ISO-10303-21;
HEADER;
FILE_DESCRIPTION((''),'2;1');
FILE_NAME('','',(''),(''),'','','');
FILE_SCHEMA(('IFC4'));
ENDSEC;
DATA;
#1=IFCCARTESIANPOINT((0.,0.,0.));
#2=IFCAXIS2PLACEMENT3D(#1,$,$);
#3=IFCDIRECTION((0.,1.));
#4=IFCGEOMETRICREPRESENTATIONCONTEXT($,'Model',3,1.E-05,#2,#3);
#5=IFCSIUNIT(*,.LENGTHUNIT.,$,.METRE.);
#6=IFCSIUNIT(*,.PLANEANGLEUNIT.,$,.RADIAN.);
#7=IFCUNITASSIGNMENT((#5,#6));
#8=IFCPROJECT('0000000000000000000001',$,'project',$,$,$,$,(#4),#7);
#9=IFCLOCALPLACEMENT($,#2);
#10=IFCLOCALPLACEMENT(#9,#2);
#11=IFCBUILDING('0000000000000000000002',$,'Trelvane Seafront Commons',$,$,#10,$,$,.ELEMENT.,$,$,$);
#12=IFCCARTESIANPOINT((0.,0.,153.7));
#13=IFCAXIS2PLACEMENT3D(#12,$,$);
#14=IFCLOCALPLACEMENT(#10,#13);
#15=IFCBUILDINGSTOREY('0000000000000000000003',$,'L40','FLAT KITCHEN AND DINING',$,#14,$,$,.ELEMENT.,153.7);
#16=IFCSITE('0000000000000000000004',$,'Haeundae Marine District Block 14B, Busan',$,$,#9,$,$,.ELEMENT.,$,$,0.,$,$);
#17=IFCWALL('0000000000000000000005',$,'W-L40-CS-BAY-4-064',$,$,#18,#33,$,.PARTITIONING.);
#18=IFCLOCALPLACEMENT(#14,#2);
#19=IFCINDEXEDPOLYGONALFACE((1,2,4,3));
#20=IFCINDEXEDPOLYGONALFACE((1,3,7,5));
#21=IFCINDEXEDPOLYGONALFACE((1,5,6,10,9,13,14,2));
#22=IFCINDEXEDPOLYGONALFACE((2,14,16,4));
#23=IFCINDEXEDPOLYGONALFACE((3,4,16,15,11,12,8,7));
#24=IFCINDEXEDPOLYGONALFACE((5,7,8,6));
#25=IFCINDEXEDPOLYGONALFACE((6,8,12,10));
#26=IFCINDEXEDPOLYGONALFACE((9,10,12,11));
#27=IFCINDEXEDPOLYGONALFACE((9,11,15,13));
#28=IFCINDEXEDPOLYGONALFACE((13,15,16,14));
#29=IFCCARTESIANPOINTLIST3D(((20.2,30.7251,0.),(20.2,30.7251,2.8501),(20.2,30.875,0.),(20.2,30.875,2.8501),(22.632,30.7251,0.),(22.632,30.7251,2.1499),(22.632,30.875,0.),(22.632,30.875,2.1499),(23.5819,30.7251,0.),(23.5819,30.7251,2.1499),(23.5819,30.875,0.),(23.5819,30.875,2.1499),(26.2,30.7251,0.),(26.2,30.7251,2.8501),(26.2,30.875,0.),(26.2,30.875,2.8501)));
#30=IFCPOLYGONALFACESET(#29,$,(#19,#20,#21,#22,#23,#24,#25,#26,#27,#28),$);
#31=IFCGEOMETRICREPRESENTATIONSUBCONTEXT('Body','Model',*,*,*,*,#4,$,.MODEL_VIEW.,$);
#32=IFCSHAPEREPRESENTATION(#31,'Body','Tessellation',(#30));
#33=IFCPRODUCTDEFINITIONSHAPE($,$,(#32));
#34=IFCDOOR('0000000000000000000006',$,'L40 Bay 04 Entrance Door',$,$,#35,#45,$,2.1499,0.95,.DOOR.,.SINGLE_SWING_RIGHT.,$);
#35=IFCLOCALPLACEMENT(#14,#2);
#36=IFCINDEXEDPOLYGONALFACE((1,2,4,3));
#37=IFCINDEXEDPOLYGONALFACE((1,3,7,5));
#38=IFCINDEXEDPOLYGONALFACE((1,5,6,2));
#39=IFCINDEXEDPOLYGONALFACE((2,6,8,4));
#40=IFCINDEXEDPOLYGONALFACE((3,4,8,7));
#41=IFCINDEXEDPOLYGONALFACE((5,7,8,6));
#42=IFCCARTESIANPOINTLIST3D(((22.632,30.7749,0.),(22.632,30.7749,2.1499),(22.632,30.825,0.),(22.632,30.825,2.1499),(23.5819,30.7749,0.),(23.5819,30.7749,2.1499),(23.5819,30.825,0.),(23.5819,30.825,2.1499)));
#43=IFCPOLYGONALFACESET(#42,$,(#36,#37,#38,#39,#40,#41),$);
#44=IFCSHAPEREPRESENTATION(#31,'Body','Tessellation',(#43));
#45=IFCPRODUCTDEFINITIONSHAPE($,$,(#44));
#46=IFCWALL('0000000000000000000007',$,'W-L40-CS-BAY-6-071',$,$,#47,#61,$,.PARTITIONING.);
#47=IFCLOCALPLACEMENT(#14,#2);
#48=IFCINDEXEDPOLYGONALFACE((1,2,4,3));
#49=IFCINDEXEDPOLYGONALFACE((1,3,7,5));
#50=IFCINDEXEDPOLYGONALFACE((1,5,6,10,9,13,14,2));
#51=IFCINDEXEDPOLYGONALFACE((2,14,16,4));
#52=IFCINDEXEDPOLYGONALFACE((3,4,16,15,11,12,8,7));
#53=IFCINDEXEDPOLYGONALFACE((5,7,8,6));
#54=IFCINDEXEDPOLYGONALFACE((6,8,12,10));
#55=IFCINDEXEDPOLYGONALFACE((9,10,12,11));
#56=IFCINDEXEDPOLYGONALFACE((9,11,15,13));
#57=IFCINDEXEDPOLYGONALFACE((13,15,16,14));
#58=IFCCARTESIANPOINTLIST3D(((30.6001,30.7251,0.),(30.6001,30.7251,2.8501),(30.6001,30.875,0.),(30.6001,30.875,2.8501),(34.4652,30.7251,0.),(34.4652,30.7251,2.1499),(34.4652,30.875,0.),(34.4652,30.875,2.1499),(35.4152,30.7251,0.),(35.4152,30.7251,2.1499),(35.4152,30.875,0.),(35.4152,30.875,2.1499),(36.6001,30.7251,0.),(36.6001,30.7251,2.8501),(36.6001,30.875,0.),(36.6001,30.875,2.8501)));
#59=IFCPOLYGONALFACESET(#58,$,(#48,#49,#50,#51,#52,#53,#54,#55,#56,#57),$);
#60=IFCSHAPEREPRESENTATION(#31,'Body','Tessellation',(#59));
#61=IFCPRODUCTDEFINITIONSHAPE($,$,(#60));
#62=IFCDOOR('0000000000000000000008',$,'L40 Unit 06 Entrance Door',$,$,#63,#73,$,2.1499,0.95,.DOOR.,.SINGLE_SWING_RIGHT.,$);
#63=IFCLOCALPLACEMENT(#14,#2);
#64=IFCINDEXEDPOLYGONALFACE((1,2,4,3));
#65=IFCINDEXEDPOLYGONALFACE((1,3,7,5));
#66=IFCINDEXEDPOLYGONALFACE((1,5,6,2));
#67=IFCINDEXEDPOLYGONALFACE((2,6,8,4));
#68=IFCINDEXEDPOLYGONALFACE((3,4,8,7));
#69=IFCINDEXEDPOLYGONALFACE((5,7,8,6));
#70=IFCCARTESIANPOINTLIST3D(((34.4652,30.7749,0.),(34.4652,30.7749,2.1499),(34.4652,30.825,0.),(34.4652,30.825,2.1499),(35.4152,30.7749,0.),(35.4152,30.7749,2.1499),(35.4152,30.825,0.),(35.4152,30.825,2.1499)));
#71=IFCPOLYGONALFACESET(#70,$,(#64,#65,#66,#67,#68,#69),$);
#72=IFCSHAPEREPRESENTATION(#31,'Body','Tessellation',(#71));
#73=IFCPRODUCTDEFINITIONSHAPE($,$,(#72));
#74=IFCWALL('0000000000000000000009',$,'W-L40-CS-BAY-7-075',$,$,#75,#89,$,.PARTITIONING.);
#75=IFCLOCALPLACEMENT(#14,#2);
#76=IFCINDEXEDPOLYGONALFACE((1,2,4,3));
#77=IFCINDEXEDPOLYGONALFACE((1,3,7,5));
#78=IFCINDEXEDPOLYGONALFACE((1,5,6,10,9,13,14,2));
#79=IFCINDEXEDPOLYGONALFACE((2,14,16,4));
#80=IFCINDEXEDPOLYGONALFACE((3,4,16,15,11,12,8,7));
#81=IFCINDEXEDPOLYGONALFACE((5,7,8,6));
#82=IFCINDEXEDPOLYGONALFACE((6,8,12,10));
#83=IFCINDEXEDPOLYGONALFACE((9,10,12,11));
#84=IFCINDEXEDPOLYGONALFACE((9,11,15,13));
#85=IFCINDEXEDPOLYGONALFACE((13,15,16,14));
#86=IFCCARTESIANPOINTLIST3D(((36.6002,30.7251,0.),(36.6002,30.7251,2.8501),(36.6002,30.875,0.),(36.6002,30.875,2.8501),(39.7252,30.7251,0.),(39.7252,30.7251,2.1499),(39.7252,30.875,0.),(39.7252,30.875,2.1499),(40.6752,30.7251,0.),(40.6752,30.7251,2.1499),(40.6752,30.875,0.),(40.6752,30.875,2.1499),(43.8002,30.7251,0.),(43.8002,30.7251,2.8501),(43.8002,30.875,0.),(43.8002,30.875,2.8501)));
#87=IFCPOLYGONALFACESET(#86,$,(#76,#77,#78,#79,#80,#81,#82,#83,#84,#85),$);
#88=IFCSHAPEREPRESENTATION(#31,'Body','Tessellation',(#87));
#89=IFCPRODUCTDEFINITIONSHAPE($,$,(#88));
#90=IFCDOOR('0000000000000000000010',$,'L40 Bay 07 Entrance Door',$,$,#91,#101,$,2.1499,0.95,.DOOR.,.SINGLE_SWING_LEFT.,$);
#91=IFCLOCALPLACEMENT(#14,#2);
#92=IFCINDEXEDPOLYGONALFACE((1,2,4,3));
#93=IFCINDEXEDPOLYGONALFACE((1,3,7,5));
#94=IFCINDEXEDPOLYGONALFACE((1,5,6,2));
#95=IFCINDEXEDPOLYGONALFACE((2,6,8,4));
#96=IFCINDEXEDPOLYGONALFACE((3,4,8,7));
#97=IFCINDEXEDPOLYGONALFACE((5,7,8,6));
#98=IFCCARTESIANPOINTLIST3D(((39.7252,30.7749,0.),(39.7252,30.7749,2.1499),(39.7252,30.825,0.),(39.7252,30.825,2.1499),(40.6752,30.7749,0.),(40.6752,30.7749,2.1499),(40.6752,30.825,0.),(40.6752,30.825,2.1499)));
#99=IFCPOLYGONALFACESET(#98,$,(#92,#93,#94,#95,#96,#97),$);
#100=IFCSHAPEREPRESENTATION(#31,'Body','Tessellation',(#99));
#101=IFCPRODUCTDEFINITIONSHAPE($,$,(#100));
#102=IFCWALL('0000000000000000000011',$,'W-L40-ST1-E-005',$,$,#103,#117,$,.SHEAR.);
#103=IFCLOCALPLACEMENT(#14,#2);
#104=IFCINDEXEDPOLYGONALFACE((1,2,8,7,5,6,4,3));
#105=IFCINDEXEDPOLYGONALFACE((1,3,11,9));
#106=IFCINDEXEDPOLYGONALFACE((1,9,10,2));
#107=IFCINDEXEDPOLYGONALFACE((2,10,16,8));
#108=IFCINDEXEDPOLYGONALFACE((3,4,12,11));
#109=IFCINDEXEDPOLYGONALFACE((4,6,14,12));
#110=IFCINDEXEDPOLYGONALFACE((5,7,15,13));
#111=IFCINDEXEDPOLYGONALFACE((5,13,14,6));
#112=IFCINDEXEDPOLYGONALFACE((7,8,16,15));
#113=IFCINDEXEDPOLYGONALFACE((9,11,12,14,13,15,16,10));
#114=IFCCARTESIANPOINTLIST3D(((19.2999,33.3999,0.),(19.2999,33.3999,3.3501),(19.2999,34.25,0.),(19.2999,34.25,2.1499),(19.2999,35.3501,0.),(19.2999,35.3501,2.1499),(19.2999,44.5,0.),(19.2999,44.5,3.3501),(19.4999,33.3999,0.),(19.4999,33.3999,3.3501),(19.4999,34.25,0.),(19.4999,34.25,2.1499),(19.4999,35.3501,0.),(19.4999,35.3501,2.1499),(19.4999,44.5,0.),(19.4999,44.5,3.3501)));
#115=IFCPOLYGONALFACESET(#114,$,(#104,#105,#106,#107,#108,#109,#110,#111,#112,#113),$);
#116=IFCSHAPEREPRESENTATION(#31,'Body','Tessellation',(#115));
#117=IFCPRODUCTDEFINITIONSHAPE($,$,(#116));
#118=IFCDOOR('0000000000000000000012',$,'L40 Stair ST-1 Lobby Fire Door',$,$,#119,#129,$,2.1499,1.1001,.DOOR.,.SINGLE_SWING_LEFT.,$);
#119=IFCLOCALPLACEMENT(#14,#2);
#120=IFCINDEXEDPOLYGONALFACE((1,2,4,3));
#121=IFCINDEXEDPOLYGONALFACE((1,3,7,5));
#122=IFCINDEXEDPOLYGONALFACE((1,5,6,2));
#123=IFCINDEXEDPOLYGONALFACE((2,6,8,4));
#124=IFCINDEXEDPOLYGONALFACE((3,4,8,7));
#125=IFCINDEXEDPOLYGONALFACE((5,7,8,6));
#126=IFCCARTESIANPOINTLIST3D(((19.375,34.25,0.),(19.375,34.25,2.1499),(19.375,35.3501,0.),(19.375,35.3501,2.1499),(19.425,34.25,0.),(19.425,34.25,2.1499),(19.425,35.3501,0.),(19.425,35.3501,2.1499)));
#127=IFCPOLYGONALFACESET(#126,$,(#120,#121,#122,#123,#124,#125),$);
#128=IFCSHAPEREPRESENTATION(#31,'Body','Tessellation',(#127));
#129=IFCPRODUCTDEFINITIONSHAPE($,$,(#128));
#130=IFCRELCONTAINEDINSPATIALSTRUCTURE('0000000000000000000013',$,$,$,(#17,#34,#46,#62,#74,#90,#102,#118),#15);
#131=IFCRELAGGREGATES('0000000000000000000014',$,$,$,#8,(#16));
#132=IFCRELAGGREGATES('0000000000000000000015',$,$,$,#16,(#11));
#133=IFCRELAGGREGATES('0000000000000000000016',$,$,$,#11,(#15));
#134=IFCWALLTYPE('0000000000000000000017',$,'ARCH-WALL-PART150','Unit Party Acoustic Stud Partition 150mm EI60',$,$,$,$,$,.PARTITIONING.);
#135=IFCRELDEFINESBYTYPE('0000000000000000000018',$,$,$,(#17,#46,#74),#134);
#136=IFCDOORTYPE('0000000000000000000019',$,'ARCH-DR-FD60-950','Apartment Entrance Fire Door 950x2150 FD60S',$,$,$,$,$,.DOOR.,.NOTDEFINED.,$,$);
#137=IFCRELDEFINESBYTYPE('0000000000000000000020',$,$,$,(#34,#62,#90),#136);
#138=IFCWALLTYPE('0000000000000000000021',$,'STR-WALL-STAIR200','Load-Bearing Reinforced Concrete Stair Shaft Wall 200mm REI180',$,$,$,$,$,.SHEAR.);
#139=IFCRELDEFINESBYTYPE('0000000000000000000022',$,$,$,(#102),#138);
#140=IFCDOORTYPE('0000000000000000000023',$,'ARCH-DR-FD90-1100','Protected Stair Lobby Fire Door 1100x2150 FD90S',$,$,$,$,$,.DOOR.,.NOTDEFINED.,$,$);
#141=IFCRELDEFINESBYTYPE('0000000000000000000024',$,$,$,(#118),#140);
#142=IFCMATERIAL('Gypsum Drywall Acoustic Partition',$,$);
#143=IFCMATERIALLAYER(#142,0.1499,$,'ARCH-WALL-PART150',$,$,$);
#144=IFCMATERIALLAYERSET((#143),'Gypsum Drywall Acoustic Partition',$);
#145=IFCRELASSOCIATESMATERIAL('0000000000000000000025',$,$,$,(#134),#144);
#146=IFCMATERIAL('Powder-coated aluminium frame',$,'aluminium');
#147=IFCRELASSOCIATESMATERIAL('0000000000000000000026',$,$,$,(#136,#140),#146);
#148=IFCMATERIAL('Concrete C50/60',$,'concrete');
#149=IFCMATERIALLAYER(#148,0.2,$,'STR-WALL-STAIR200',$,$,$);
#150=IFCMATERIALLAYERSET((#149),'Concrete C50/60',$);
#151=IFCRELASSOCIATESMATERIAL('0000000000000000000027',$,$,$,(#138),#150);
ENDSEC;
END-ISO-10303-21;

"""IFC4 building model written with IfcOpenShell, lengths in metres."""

from ifc_helpers import new_model, si_unit, direction, frame, frame_2d, origin, place, context, subcontext, project, spatial, rectangle, extrude, source, transform, mapped, material, layer, layer_set, type_object, element, fill, save


model = new_model("IFC4")

# Units and contexts
model_context = context("Model", 3, precision=1e-05, world=origin(), true_north=direction((0.0, 1.0)))
body_context = subcontext(model_context, "Body", "Model", "MODEL_VIEW")
ifc_project = project(units=[si_unit("LENGTHUNIT", "METRE"), si_unit("PLANEANGLEUNIT", "RADIAN")], contexts=[model_context])

# Site, building, storey
site_placement = place(None, origin())
site = spatial("IfcSite", under=ifc_project, at=site_placement, Name="Haeundae Marine District Block 14B, Busan", CompositionType="ELEMENT", RefElevation=0.0)
building_placement = place(site_placement, origin())
building = spatial("IfcBuilding", under=site, at=building_placement, Name="Trelvane Seafront Commons", CompositionType="ELEMENT")
storey_placement = place(building_placement, frame((0.0, 0.0, 153.7)))
storey = spatial("IfcBuildingStorey", under=building, at=storey_placement, Name="L40", Description="FLAT KITCHEN AND DINING", CompositionType="ELEMENT", Elevation=153.7)

# Shared definitions
ifc_material_1 = material(Name="Concrete C50/60", Category="concrete")

# Shared definitions
ifc_material_2 = material(Name="Powder-coated aluminium frame", Category="aluminium")
ifc_material_3 = material(Name="Gypsum Drywall Acoustic Partition")
shared_shape_1 = source(origin(), body_context, "Body", "SweptSolid", [
    extrude(rectangle(XDim=0.95, YDim=2.1499, at=frame_2d((0.4751, 1.075))), frame((0.0, 0.0249, 0.0), z_axis=(0.0, -1.0, 0.0), x_axis=(1.0, 0.0, 0.0)), (0.0, 0.0, 1.0), 0.05),
])

# Walls, openings, doors
ifc_layer_1 = layer(ifc_material_3, 0.1499, Name="ARCH-WALL-PART150")
ifc_layer_set_1 = layer_set([ifc_layer_1], Name="Gypsum Drywall Acoustic Partition")
wall_type_1 = type_object("IfcWallType", Name="ARCH-WALL-PART150", Description="Unit Party Acoustic Stud Partition 150mm EI60", PredefinedType="PARTITIONING", material=ifc_layer_set_1)
wall_1_placement = place(storey_placement, frame((20.2, 30.8, 0.0), z_axis=(0.0, 0.0, 1.0), x_axis=(1.0, 0.0, 0.0)))
wall_1 = element("IfcWall", 1, at=wall_1_placement, inside=storey, type_object=wall_type_1, Name="W-L40-CS-BAY-4-064", PredefinedType="PARTITIONING", context=body_context, shape_type="SweptSolid", body=[
    extrude(rectangle(XDim=6.0, YDim=0.1499, at=frame_2d((3.0, 0.0))), origin(), (0.0, 0.0, 1.0), 2.8501),
])
opening_1_placement = place(wall_1_placement, frame((2.4319, 0.0, 0.0)))
opening_1 = element("IfcOpeningElement", 2, at=opening_1_placement, cuts=wall_1, PredefinedType="OPENING", context=body_context, shape_type="SweptSolid", body=[
    extrude(rectangle(XDim=0.95, YDim=2.1499, at=frame_2d((0.4751, 1.075))), frame((0.0, 0.085, 0.0), z_axis=(0.0, -1.0, 0.0), x_axis=(1.0, 0.0, 0.0)), (0.0, 0.0, 1.0), 0.1699),
])
door_type_1 = type_object("IfcDoorType", Name="ARCH-DR-FD60-950", Description="Apartment Entrance Fire Door 950x2150 FD60S", OperationType="NOTDEFINED", PredefinedType="DOOR", material=ifc_material_2)
door_1_placement = place(opening_1_placement, origin())
door_1 = element("IfcDoor", 3, at=door_1_placement, inside=storey, type_object=door_type_1, Name="L40 Bay 04 Entrance Door", OperationType="SINGLE_SWING_RIGHT", OverallHeight=2.1499, OverallWidth=0.95, PredefinedType="DOOR", context=body_context, shape_type="MappedRepresentation", body=[
    mapped(shared_shape_1, transform((0.0, 0.0, 0.0), x_axis=(1.0, 0.0, 0.0), y_axis=(0.0, 1.0, 0.0), z_axis=(0.0, 0.0, 1.0), scale=1.0)),
])
fill(opening_1, door_1)
wall_2_placement = place(storey_placement, frame((30.6001, 30.8, 0.0), z_axis=(0.0, 0.0, 1.0), x_axis=(1.0, 0.0, 0.0)))
wall_2 = element("IfcWall", 4, at=wall_2_placement, inside=storey, type_object=wall_type_1, Name="W-L40-CS-BAY-6-071", PredefinedType="PARTITIONING", context=body_context, shape_type="SweptSolid", body=[
    extrude(rectangle(XDim=6.0, YDim=0.1499, at=frame_2d((3.0, 0.0))), origin(), (0.0, 0.0, 1.0), 2.8501),
])
opening_2_placement = place(wall_2_placement, frame((3.865, 0.0, 0.0)))
opening_2 = element("IfcOpeningElement", 5, at=opening_2_placement, cuts=wall_2, PredefinedType="OPENING", context=body_context, shape_type="SweptSolid", body=[
    extrude(rectangle(XDim=0.95, YDim=2.1499, at=frame_2d((0.4751, 1.075))), frame((0.0, 0.085, 0.0), z_axis=(0.0, -1.0, 0.0), x_axis=(1.0, 0.0, 0.0)), (0.0, 0.0, 1.0), 0.1699),
])
door_2_placement = place(opening_2_placement, origin())
door_2 = element("IfcDoor", 6, at=door_2_placement, inside=storey, type_object=door_type_1, Name="L40 Unit 06 Entrance Door", OperationType="SINGLE_SWING_RIGHT", OverallHeight=2.1499, OverallWidth=0.95, PredefinedType="DOOR", context=body_context, shape_type="MappedRepresentation", body=[
    mapped(shared_shape_1, transform((0.0, 0.0, 0.0), x_axis=(1.0, 0.0, 0.0), y_axis=(0.0, 1.0, 0.0), z_axis=(0.0, 0.0, 1.0), scale=1.0)),
])
fill(opening_2, door_2)
wall_3_placement = place(storey_placement, frame((36.6001, 30.8, 0.0), z_axis=(0.0, 0.0, 1.0), x_axis=(1.0, 0.0, 0.0)))
wall_3 = element("IfcWall", 7, at=wall_3_placement, inside=storey, type_object=wall_type_1, Name="W-L40-CS-BAY-7-075", PredefinedType="PARTITIONING", context=body_context, shape_type="SweptSolid", body=[
    extrude(rectangle(XDim=7.2, YDim=0.1499, at=frame_2d((3.6001, 0.0))), origin(), (0.0, 0.0, 1.0), 2.8501),
])
opening_3_placement = place(wall_3_placement, frame((3.125, 0.0, 0.0)))
opening_3 = element("IfcOpeningElement", 8, at=opening_3_placement, cuts=wall_3, PredefinedType="OPENING", context=body_context, shape_type="SweptSolid", body=[
    extrude(rectangle(XDim=0.95, YDim=2.1499, at=frame_2d((0.4751, 1.075))), frame((0.0, 0.085, 0.0), z_axis=(0.0, -1.0, 0.0), x_axis=(1.0, 0.0, 0.0)), (0.0, 0.0, 1.0), 0.1699),
])
door_3_placement = place(opening_3_placement, origin())
door_3 = element("IfcDoor", 9, at=door_3_placement, inside=storey, type_object=door_type_1, Name="L40 Bay 07 Entrance Door", OperationType="SINGLE_SWING_LEFT", OverallHeight=2.1499, OverallWidth=0.95, PredefinedType="DOOR", context=body_context, shape_type="MappedRepresentation", body=[
    mapped(shared_shape_1, transform((0.0, 0.0, 0.0), x_axis=(1.0, 0.0, 0.0), y_axis=(0.0, 1.0, 0.0), z_axis=(0.0, 0.0, 1.0), scale=1.0)),
])
fill(opening_3, door_3)
ifc_layer_2 = layer(ifc_material_1, 0.2, Name="STR-WALL-STAIR200")
ifc_layer_set_2 = layer_set([ifc_layer_2], Name="Concrete C50/60")
wall_type_2 = type_object("IfcWallType", Name="STR-WALL-STAIR200", Description="Load-Bearing Reinforced Concrete Stair Shaft Wall 200mm REI180", PredefinedType="SHEAR", material=ifc_layer_set_2)
wall_4_placement = place(storey_placement, frame((19.3999, 33.3999, 0.0), z_axis=(0.0, 0.0, 1.0), x_axis=(0.0, 1.0, 0.0)))
wall_4 = element("IfcWall", 10, at=wall_4_placement, inside=storey, type_object=wall_type_2, Name="W-L40-ST1-E-005", PredefinedType="SHEAR", context=body_context, shape_type="SweptSolid", body=[
    extrude(rectangle(XDim=11.1001, YDim=0.2, at=frame_2d((5.55, 0.0))), origin(), (0.0, 0.0, 1.0), 3.3501),
])
opening_4_placement = place(wall_4_placement, frame((0.8501, 0.0, 0.0)))
opening_4 = element("IfcOpeningElement", 11, at=opening_4_placement, cuts=wall_4, PredefinedType="OPENING", context=body_context, shape_type="SweptSolid", body=[
    extrude(rectangle(XDim=1.1001, YDim=2.1499, at=frame_2d((0.55, 1.075))), frame((0.0, 0.1099, 0.0), z_axis=(0.0, -1.0, 0.0), x_axis=(1.0, 0.0, 0.0)), (0.0, 0.0, 1.0), 0.22),
])
door_type_2 = type_object("IfcDoorType", Name="ARCH-DR-FD90-1100", Description="Protected Stair Lobby Fire Door 1100x2150 FD90S", OperationType="NOTDEFINED", PredefinedType="DOOR", material=ifc_material_2)
shared_shape_2 = source(origin(), body_context, "Body", "SweptSolid", [
    extrude(rectangle(XDim=1.1001, YDim=2.1499, at=frame_2d((0.55, 1.075))), frame((0.0, 0.0249, 0.0), z_axis=(0.0, -1.0, 0.0), x_axis=(1.0, 0.0, 0.0)), (0.0, 0.0, 1.0), 0.05),
])
door_4_placement = place(opening_4_placement, origin())
door_4 = element("IfcDoor", 12, at=door_4_placement, inside=storey, type_object=door_type_2, Name="L40 Stair ST-1 Lobby Fire Door", OperationType="SINGLE_SWING_LEFT", OverallHeight=2.1499, OverallWidth=1.1001, PredefinedType="DOOR", context=body_context, shape_type="MappedRepresentation", body=[
    mapped(shared_shape_2, transform((0.0, 0.0, 0.0), x_axis=(1.0, 0.0, 0.0), y_axis=(0.0, 1.0, 0.0), z_axis=(0.0, 0.0, 1.0), scale=1.0)),
])
fill(opening_4, door_4)

save(model, "model.ifc")
